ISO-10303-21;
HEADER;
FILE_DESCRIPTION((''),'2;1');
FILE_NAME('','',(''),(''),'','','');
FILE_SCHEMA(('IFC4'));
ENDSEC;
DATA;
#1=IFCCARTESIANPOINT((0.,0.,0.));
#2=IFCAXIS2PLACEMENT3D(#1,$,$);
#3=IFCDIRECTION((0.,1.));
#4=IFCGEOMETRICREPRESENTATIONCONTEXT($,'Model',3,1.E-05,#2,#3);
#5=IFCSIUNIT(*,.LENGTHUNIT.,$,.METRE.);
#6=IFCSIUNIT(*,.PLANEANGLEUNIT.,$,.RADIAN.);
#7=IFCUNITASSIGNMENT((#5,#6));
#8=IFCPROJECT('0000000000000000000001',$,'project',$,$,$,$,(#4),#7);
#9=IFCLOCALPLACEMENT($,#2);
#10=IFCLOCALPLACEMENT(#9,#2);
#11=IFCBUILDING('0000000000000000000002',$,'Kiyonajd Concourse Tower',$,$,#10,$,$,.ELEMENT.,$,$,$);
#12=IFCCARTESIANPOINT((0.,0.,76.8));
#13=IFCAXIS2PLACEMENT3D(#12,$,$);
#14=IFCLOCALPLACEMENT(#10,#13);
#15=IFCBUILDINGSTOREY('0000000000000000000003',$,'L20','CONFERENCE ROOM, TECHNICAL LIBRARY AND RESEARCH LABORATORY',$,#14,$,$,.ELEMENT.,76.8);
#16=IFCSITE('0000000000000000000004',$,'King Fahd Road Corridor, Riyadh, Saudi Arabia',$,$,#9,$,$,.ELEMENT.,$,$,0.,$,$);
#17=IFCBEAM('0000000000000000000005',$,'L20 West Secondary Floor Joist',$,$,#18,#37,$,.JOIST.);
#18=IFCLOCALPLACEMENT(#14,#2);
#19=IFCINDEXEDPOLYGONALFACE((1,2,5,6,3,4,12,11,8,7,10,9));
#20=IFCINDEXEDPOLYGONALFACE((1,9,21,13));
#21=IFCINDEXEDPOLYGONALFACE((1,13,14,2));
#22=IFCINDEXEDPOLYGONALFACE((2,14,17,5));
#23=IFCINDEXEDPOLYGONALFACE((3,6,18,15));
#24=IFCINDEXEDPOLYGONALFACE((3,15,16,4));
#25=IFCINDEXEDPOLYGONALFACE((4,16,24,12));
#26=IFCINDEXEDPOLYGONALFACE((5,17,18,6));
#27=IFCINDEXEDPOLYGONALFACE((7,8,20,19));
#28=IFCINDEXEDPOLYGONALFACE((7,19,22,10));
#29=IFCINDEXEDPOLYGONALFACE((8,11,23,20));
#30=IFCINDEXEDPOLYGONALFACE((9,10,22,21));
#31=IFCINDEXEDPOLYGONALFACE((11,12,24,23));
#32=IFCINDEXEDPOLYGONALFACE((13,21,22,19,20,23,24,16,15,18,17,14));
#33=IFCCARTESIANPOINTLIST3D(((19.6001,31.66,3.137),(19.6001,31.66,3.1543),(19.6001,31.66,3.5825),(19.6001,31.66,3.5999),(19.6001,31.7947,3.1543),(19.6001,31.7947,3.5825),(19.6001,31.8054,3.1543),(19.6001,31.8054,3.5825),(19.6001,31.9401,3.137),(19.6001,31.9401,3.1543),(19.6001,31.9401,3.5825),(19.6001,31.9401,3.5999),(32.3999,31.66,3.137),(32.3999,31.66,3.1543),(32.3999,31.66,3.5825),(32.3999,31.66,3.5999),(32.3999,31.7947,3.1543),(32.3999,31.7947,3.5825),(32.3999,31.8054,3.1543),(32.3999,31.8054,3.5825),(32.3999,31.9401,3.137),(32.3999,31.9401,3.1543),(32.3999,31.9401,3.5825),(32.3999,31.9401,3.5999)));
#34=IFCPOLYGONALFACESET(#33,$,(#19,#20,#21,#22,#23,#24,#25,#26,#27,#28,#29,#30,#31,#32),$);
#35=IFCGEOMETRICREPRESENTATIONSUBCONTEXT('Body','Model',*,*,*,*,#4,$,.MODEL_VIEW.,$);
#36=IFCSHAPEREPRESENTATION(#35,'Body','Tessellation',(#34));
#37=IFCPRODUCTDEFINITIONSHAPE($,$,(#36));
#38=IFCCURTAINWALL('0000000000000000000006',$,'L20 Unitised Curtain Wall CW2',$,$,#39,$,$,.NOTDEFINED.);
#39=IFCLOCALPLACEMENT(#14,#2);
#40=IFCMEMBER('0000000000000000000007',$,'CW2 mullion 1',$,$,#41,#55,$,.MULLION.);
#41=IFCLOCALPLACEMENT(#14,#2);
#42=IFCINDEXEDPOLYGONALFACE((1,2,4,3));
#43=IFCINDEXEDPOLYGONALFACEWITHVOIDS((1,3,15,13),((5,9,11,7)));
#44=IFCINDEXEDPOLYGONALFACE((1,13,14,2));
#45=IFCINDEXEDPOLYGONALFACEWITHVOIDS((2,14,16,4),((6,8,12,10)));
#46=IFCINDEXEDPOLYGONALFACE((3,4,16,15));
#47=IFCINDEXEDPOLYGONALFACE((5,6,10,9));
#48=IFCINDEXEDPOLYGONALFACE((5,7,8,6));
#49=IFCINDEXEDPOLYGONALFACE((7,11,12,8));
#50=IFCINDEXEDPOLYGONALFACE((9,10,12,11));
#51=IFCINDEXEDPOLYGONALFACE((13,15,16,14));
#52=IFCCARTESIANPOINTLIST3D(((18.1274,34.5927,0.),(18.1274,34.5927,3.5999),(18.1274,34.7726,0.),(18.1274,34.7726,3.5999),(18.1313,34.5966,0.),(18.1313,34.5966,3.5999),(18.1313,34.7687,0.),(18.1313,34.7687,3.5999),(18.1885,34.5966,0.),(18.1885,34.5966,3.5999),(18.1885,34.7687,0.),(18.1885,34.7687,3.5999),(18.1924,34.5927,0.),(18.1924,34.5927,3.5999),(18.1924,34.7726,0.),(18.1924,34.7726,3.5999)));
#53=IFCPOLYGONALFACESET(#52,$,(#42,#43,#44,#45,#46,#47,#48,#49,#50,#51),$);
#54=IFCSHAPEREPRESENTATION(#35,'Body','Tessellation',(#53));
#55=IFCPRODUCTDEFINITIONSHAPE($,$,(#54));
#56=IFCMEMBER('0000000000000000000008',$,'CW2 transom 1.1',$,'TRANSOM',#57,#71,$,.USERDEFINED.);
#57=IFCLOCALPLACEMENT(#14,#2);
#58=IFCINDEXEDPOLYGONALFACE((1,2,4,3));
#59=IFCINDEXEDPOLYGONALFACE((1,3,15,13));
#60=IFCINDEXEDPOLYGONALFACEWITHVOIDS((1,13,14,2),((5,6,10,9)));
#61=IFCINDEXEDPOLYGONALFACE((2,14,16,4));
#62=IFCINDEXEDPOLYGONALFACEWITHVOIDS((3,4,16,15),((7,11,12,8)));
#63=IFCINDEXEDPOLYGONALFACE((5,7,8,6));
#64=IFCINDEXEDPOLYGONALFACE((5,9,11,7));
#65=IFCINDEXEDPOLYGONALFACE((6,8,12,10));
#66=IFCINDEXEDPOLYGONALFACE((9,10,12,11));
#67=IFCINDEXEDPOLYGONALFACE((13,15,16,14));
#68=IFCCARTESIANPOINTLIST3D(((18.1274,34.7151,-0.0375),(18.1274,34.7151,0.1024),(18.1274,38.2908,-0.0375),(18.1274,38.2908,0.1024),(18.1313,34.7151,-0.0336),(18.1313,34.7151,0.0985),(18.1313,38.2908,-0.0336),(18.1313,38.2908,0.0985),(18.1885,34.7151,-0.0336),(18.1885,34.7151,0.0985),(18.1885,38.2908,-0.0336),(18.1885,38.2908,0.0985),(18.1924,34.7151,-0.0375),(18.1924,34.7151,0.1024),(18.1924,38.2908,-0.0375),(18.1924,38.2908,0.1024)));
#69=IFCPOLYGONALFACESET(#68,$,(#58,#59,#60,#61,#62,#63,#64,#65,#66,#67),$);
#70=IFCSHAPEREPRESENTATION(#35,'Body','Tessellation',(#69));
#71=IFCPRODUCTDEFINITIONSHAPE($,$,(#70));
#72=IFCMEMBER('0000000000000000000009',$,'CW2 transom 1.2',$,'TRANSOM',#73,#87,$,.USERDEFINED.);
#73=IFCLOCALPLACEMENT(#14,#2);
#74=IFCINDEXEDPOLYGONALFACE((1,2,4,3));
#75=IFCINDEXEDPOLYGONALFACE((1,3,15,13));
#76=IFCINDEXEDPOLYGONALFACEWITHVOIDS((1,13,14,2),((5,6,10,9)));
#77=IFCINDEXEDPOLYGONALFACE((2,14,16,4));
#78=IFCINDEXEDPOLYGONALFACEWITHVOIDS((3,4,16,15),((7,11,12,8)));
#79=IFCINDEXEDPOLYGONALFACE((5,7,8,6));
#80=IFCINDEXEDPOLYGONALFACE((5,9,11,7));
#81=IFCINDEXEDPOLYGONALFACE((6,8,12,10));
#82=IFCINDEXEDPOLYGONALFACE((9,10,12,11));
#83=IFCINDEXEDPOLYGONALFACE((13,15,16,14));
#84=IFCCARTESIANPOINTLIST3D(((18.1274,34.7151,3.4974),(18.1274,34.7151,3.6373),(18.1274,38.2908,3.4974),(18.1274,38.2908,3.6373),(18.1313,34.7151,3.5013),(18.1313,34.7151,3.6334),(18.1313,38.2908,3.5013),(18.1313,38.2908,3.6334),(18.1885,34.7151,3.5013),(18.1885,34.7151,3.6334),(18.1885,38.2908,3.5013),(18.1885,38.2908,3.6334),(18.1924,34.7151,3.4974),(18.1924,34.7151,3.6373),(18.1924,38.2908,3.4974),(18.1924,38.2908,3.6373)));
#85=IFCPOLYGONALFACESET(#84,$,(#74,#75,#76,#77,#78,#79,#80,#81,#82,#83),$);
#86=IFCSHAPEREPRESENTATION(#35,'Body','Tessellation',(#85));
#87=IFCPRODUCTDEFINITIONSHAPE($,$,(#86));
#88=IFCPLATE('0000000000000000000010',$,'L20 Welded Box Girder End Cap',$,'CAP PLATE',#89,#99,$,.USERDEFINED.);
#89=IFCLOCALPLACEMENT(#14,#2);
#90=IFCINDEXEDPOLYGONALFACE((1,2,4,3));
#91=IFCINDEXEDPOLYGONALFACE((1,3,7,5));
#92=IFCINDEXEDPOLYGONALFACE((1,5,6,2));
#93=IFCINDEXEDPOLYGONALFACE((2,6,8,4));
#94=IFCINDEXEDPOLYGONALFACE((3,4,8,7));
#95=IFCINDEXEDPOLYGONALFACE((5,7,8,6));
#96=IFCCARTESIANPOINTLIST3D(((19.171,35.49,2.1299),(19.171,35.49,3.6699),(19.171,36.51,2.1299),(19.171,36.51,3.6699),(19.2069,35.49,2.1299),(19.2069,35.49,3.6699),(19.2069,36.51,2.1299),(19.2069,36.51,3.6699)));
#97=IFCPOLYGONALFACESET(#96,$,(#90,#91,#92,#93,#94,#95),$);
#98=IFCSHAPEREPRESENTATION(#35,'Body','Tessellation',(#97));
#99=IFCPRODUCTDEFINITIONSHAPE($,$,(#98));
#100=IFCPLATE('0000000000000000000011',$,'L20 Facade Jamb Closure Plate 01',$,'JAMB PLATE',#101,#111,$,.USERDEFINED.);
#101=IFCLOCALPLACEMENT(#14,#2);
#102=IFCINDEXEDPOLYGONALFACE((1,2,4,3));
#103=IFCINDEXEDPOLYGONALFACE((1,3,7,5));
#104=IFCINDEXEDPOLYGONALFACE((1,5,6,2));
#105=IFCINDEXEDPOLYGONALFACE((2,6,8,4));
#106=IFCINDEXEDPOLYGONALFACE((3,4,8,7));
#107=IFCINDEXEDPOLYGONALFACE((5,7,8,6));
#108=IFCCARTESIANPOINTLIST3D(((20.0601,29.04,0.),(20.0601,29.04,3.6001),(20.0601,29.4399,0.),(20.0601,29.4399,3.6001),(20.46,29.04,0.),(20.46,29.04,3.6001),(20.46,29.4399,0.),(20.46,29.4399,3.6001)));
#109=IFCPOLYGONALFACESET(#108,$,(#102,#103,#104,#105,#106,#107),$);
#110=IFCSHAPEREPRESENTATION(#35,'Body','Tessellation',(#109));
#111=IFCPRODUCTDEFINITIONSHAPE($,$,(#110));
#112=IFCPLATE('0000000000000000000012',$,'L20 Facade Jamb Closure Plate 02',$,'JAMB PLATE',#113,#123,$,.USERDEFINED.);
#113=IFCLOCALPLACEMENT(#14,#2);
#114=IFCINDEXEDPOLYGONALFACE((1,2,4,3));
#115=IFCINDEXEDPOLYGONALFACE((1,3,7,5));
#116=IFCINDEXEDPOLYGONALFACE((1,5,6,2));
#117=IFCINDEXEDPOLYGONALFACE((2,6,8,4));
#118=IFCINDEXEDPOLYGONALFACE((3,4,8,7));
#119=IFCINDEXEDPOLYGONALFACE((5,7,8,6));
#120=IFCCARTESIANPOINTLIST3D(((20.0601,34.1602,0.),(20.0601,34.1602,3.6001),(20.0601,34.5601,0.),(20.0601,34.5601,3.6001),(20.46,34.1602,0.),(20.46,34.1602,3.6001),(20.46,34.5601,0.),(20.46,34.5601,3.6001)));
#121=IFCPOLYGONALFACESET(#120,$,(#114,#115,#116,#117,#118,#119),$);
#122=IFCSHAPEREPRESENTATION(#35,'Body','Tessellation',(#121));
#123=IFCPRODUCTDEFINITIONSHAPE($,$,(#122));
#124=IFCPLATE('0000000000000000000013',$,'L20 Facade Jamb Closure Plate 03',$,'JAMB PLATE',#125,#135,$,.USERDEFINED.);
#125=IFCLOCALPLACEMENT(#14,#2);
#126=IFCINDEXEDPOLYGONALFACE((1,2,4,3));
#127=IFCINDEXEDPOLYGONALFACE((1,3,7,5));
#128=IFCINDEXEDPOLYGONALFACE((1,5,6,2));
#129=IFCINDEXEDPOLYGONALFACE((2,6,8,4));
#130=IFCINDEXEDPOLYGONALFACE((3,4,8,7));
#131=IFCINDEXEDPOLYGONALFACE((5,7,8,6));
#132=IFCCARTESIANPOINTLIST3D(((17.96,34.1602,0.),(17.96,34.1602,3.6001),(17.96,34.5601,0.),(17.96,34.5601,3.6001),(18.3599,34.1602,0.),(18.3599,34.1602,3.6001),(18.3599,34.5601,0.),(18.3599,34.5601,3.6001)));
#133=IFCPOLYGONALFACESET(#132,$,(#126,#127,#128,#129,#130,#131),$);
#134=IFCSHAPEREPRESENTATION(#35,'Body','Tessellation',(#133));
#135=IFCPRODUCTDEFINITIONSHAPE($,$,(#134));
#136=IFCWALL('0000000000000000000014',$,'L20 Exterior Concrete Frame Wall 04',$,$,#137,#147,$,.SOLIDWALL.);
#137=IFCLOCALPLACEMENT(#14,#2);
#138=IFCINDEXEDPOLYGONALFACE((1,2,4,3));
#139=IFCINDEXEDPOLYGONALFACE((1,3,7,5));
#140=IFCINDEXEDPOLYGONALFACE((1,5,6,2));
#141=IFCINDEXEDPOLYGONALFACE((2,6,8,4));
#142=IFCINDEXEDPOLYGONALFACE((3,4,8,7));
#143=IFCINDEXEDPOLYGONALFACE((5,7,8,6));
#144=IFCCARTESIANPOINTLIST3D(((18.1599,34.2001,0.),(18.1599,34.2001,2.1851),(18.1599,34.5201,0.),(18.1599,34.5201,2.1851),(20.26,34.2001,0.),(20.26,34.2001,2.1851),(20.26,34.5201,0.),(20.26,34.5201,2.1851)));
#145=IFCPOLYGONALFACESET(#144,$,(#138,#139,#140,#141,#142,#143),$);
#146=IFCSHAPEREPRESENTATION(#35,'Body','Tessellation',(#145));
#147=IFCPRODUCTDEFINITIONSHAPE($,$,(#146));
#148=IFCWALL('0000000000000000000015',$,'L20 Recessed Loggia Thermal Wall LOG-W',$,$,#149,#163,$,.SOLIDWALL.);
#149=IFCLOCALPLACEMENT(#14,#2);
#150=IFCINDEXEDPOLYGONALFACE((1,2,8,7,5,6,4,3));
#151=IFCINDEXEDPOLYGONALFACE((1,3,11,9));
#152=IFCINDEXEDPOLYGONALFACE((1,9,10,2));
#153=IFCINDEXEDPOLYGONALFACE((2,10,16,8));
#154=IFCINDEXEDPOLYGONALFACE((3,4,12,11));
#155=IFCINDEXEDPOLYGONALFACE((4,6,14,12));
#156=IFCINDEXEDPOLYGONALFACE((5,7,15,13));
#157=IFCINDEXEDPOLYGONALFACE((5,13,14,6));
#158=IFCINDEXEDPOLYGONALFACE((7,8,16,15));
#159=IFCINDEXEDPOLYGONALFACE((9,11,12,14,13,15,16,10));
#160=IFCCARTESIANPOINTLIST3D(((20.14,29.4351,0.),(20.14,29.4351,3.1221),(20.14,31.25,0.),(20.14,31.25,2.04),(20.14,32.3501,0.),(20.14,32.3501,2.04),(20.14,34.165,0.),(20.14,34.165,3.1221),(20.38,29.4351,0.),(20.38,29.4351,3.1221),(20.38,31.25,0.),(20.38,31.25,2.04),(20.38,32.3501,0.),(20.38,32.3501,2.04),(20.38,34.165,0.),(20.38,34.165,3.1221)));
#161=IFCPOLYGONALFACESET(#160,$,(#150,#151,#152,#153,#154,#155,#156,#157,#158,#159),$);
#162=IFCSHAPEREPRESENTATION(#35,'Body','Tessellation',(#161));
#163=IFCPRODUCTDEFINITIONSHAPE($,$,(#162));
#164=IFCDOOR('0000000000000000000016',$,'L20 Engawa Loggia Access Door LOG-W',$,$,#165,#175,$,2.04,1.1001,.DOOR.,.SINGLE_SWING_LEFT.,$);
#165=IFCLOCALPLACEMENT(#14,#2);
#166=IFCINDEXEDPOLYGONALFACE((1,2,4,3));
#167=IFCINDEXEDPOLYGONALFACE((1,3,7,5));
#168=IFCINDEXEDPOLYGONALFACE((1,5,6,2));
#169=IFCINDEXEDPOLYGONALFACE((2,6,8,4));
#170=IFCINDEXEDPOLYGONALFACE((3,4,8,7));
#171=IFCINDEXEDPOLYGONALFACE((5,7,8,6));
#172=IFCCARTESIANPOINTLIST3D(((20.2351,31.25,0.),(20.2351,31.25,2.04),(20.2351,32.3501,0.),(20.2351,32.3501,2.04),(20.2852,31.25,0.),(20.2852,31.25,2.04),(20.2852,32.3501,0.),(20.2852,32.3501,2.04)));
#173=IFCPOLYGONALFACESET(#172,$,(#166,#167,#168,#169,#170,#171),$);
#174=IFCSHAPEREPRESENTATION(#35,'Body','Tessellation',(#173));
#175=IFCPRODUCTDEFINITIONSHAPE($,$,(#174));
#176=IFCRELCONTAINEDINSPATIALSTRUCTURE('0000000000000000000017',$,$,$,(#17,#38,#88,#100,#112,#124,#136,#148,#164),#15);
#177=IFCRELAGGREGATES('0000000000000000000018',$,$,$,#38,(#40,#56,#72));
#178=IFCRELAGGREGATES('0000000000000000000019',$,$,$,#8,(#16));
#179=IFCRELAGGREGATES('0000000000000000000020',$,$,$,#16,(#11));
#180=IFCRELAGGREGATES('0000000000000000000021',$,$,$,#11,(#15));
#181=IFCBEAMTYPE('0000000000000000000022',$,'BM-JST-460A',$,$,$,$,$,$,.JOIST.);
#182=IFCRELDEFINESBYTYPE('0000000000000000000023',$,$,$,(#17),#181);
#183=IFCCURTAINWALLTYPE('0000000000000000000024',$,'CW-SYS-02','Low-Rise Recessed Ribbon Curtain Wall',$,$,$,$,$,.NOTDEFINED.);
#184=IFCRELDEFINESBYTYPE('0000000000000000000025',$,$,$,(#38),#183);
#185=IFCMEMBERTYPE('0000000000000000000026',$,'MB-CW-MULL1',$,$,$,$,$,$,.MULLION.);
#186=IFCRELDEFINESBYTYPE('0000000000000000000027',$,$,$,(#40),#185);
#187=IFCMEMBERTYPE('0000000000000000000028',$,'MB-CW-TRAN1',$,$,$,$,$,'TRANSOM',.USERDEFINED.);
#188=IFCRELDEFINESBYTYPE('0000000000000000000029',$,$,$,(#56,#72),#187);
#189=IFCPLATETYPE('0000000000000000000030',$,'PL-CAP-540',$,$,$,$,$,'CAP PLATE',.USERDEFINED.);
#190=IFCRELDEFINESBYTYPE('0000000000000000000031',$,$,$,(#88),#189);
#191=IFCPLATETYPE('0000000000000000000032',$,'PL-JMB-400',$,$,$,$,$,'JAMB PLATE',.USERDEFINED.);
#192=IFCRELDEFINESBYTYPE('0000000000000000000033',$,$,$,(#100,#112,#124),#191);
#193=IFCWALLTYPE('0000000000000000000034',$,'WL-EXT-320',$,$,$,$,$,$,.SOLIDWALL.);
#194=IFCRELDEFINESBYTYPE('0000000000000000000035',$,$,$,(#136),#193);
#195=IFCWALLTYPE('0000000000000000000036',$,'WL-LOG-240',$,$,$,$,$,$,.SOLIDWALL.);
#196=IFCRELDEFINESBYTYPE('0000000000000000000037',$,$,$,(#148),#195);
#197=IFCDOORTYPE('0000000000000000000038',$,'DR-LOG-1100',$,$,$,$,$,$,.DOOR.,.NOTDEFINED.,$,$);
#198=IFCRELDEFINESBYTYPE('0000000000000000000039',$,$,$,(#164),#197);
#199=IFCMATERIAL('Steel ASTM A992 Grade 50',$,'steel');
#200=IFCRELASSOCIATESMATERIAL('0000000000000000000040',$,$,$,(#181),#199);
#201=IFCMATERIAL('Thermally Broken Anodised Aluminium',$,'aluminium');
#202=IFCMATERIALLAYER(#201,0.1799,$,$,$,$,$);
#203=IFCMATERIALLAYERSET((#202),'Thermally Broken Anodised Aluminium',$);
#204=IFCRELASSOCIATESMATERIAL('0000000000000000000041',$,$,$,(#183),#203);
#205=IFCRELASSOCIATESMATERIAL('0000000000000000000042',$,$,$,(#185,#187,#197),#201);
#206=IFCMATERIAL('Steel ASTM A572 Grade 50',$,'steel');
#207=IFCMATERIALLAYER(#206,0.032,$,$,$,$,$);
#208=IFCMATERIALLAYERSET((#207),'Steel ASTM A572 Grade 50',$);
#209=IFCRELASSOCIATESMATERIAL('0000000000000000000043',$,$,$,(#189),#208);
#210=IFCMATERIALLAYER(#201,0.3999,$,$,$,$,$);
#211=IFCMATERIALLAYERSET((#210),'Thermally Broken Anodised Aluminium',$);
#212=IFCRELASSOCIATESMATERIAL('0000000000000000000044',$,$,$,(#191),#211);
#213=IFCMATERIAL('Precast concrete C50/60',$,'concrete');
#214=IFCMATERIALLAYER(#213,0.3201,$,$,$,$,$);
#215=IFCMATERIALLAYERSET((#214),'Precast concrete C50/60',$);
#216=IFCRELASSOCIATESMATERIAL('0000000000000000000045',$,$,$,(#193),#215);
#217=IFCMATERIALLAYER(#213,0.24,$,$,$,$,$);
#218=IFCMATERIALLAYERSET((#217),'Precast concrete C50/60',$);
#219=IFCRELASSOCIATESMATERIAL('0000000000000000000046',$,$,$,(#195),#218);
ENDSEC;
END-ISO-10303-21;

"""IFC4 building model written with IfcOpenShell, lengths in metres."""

from ifc_helpers import new_model, si_unit, direction, frame, frame_2d, origin, origin_2d, place, context, subcontext, project, spatial, rectangle, hollow_rectangle, i_section, extrude, material, layer, layer_set, material_profile, profile_set, type_object, element, fill, aggregate, save


model = new_model("IFC4")

# Units and contexts
model_context = context("Model", 3, precision=1e-05, world=origin(), true_north=direction((0.0, 1.0)))
body_context = subcontext(model_context, "Body", "Model", "MODEL_VIEW")
ifc_project = project(units=[si_unit("LENGTHUNIT", "METRE"), si_unit("PLANEANGLEUNIT", "RADIAN")], contexts=[model_context])

# Site, building, storey
site_placement = place(None, origin())
site = spatial("IfcSite", under=ifc_project, at=site_placement, Name="King Fahd Road Corridor, Riyadh, Saudi Arabia", CompositionType="ELEMENT", RefElevation=0.0)
building_placement = place(site_placement, origin())
building = spatial("IfcBuilding", under=site, at=building_placement, Name="Kiyonajd Concourse Tower", CompositionType="ELEMENT")
storey_placement = place(building_placement, frame((0.0, 0.0, 76.8)))
storey = spatial("IfcBuildingStorey", under=building, at=storey_placement, Name="L20", Description="CONFERENCE ROOM, TECHNICAL LIBRARY AND RESEARCH LABORATORY", CompositionType="ELEMENT", Elevation=76.8)

# Beam
ifc_material_1 = material(Name="Steel ASTM A992 Grade 50", Category="steel")
ifc_material_profile_1 = material_profile(ifc_material_1, i_section(OverallWidth=0.28, OverallDepth=0.4629, WebThickness=0.0107, FlangeThickness=0.0173, at=origin_2d()), Name="W460X113")
ifc_profile_set_1 = profile_set([ifc_material_profile_1], Name="Steel ASTM A992 Grade 50")
beam_type = type_object("IfcBeamType", Name="BM-JST-460A", PredefinedType="JOIST", material=ifc_profile_set_1)
beam_placement = place(storey_placement, frame((19.6001, 31.8, 3.3684), z_axis=(1.0, 0.0, 0.0), x_axis=(0.0, 1.0, 0.0)))
element("IfcBeam", 1, at=beam_placement, inside=storey, type_object=beam_type, Name="L20 West Secondary Floor Joist", PredefinedType="JOIST", context=body_context, shape_type="SweptSolid", body=[
    extrude(i_section(OverallWidth=0.28, OverallDepth=0.4629, WebThickness=0.0107, FlangeThickness=0.0173, at=origin_2d()), origin(), (0.0, 0.0, 1.0), 12.7998),
])

# Curtain wall, members
ifc_material_2 = material(Name="Thermally Broken Anodised Aluminium", Category="aluminium")
ifc_layer_1 = layer(ifc_material_2, 0.1799)
ifc_layer_set_1 = layer_set([ifc_layer_1], Name="Thermally Broken Anodised Aluminium")
curtain_wall_type = type_object("IfcCurtainWallType", Name="CW-SYS-02", Description="Low-Rise Recessed Ribbon Curtain Wall", PredefinedType="NOTDEFINED", material=ifc_layer_set_1)
curtain_wall_placement = place(storey_placement, origin())
curtain_wall = element("IfcCurtainWall", 2, at=curtain_wall_placement, inside=storey, type_object=curtain_wall_type, Name="L20 Unitised Curtain Wall CW2", PredefinedType="NOTDEFINED")
ifc_material_profile_2 = material_profile(ifc_material_2, hollow_rectangle(XDim=0.0649, YDim=0.1799, WallThickness=0.0039, at=origin_2d()), Name="MULL-65x180")
ifc_profile_set_2 = profile_set([ifc_material_profile_2], Name="Thermally Broken Anodised Aluminium")
member_type_1 = type_object("IfcMemberType", Name="MB-CW-MULL1", PredefinedType="MULLION", material=ifc_profile_set_2)
member_1_placement = place(storey_placement, frame((18.1599, 34.6826, 0.0), z_axis=(0.0, 0.0, 1.0), x_axis=(-1.0, 0.0, 0.0)))
member_1 = element("IfcMember", 3, at=member_1_placement, type_object=member_type_1, Name="CW2 mullion 1", PredefinedType="MULLION", context=body_context, shape_type="SweptSolid", body=[
    extrude(hollow_rectangle(XDim=0.0649, YDim=0.1799, WallThickness=0.0039, at=origin_2d()), origin(), (0.0, 0.0, 1.0), 3.5999),
])
ifc_material_profile_3 = material_profile(ifc_material_2, hollow_rectangle(XDim=0.0649, YDim=0.1399, WallThickness=0.0039, at=origin_2d()), Name="TRAN-65x140")
ifc_profile_set_3 = profile_set([ifc_material_profile_3], Name="Thermally Broken Anodised Aluminium")
member_type_2 = type_object("IfcMemberType", Name="MB-CW-TRAN1", ElementType="TRANSOM", PredefinedType="USERDEFINED", material=ifc_profile_set_3)
member_2_placement = place(storey_placement, frame((18.1599, 34.7151, 0.0325), z_axis=(0.0, 1.0, 0.0), x_axis=(-1.0, 0.0, 0.0)))
member_2 = element("IfcMember", 4, at=member_2_placement, type_object=member_type_2, Name="CW2 transom 1.1", ObjectType="TRANSOM", PredefinedType="USERDEFINED", context=body_context, shape_type="SweptSolid", body=[
    extrude(hollow_rectangle(XDim=0.0649, YDim=0.1399, WallThickness=0.0039, at=origin_2d()), origin(), (0.0, 0.0, 1.0), 3.5757),
])
member_3_placement = place(storey_placement, frame((18.1599, 34.7151, 3.5674), z_axis=(0.0, 1.0, 0.0), x_axis=(-1.0, 0.0, 0.0)))
member_3 = element("IfcMember", 5, at=member_3_placement, type_object=member_type_2, Name="CW2 transom 1.2", ObjectType="TRANSOM", PredefinedType="USERDEFINED", context=body_context, shape_type="SweptSolid", body=[
    extrude(hollow_rectangle(XDim=0.0649, YDim=0.1399, WallThickness=0.0039, at=origin_2d()), origin(), (0.0, 0.0, 1.0), 3.5757),
])
aggregate(curtain_wall, [member_1, member_2, member_3])

# Plates
ifc_material_3 = material(Name="Steel ASTM A572 Grade 50", Category="steel")
ifc_layer_2 = layer(ifc_material_3, 0.032)
ifc_layer_set_2 = layer_set([ifc_layer_2], Name="Steel ASTM A572 Grade 50")
plate_type_1 = type_object("IfcPlateType", Name="PL-CAP-540", ElementType="CAP PLATE", PredefinedType="USERDEFINED", material=ifc_layer_set_2)
plate_placement = place(storey_placement, frame((19.189, 36.0, 2.1299), z_axis=(0.0, 0.0, 1.0), x_axis=(-1.0, 0.0, 0.0)))
element("IfcPlate", 6, at=plate_placement, inside=storey, type_object=plate_type_1, Name="L20 Welded Box Girder End Cap", ObjectType="CAP PLATE", PredefinedType="USERDEFINED", context=body_context, shape_type="SweptSolid", body=[
    extrude(rectangle(XDim=0.0359, YDim=1.02, at=origin_2d()), origin(), (0.0, 0.0, 1.0), 1.54),
])
ifc_layer_3 = layer(ifc_material_2, 0.3999)
ifc_layer_set_3 = layer_set([ifc_layer_3], Name="Thermally Broken Anodised Aluminium")
plate_type_2 = type_object("IfcPlateType", Name="PL-JMB-400", ElementType="JAMB PLATE", PredefinedType="USERDEFINED", material=ifc_layer_set_3)
for number, where, z_axis, x_axis, name in (
    (7, (20.26, 29.24, 0.0), (0.0, 0.0, 1.0), (1.0, 0.0, 0.0), "L20 Facade Jamb Closure Plate 01"),
    (8, (20.26, 34.3601, 0.0), (0.0, 0.0, 1.0), (1.0, 0.0, 0.0), "L20 Facade Jamb Closure Plate 02"),
    (9, (18.1599, 34.3601, 0.0), (0.0, 0.0, 1.0), (1.0, 0.0, 0.0), "L20 Facade Jamb Closure Plate 03"),
):
    element("IfcPlate", number, at=place(storey_placement, frame(where, z_axis=z_axis, x_axis=x_axis)), inside=storey, type_object=plate_type_2, Name=name, ObjectType="JAMB PLATE", PredefinedType="USERDEFINED", context=body_context, shape_type="SweptSolid", body=[
        extrude(rectangle(XDim=0.3999, YDim=0.3999, at=origin_2d()), origin(), (0.0, 0.0, 1.0), 3.6001),
    ])

# Wall
ifc_material_4 = material(Name="Precast concrete C50/60", Category="concrete")
ifc_layer_4 = layer(ifc_material_4, 0.3201)
ifc_layer_set_4 = layer_set([ifc_layer_4], Name="Precast concrete C50/60")
wall_type_1 = type_object("IfcWallType", Name="WL-EXT-320", PredefinedType="SOLIDWALL", material=ifc_layer_set_4)
wall_1_placement = place(storey_placement, frame((20.26, 34.3601, 0.0), z_axis=(0.0, 0.0, 1.0), x_axis=(-1.0, 0.0, 0.0)))
element("IfcWall", 10, at=wall_1_placement, inside=storey, type_object=wall_type_1, Name="L20 Exterior Concrete Frame Wall 04", PredefinedType="SOLIDWALL", context=body_context, shape_type="SweptSolid", body=[
    extrude(rectangle(XDim=2.1001, YDim=0.3201, at=frame_2d((1.05, 0.0))), origin(), (0.0, 0.0, 1.0), 2.1851),
])

# Wall, opening, door
ifc_layer_5 = layer(ifc_material_4, 0.24)
ifc_layer_set_5 = layer_set([ifc_layer_5], Name="Precast concrete C50/60")
wall_type_2 = type_object("IfcWallType", Name="WL-LOG-240", PredefinedType="SOLIDWALL", material=ifc_layer_set_5)
wall_2_placement = place(storey_placement, frame((20.26, 29.4351, 0.0), z_axis=(0.0, 0.0, 1.0), x_axis=(0.0, 1.0, 0.0)))
wall_2 = element("IfcWall", 11, at=wall_2_placement, inside=storey, type_object=wall_type_2, Name="L20 Recessed Loggia Thermal Wall LOG-W", PredefinedType="SOLIDWALL", context=body_context, shape_type="SweptSolid", body=[
    extrude(rectangle(XDim=4.73, YDim=0.24, at=frame_2d((2.365, 0.0))), origin(), (0.0, 0.0, 1.0), 3.1221),
])
opening_placement = place(wall_2_placement, frame((1.8149, 0.0, 0.0)))
opening = element("IfcOpeningElement", 12, at=opening_placement, cuts=wall_2, PredefinedType="OPENING", context=body_context, shape_type="SweptSolid", body=[
    extrude(rectangle(XDim=1.1001, YDim=2.04, at=frame_2d((0.55, 1.02))), frame((0.0, 0.1299, 0.0), z_axis=(0.0, -1.0, 0.0), x_axis=(1.0, 0.0, 0.0)), (0.0, 0.0, 1.0), 0.26),
])
door_type = type_object("IfcDoorType", Name="DR-LOG-1100", OperationType="NOTDEFINED", PredefinedType="DOOR", material=ifc_material_2)
door_placement = place(opening_placement, origin())
door = element("IfcDoor", 13, at=door_placement, inside=storey, type_object=door_type, Name="L20 Engawa Loggia Access Door LOG-W", OperationType="SINGLE_SWING_LEFT", OverallHeight=2.04, OverallWidth=1.1001, PredefinedType="DOOR", context=body_context, shape_type="SweptSolid", body=[
    extrude(rectangle(XDim=1.1001, YDim=2.04, at=frame_2d((0.55, 1.02))), frame((0.0, 0.0249, 0.0), z_axis=(0.0, -1.0, 0.0), x_axis=(1.0, 0.0, 0.0)), (0.0, 0.0, 1.0), 0.05),
])
fill(opening, door)

save(model, "model.ifc")
